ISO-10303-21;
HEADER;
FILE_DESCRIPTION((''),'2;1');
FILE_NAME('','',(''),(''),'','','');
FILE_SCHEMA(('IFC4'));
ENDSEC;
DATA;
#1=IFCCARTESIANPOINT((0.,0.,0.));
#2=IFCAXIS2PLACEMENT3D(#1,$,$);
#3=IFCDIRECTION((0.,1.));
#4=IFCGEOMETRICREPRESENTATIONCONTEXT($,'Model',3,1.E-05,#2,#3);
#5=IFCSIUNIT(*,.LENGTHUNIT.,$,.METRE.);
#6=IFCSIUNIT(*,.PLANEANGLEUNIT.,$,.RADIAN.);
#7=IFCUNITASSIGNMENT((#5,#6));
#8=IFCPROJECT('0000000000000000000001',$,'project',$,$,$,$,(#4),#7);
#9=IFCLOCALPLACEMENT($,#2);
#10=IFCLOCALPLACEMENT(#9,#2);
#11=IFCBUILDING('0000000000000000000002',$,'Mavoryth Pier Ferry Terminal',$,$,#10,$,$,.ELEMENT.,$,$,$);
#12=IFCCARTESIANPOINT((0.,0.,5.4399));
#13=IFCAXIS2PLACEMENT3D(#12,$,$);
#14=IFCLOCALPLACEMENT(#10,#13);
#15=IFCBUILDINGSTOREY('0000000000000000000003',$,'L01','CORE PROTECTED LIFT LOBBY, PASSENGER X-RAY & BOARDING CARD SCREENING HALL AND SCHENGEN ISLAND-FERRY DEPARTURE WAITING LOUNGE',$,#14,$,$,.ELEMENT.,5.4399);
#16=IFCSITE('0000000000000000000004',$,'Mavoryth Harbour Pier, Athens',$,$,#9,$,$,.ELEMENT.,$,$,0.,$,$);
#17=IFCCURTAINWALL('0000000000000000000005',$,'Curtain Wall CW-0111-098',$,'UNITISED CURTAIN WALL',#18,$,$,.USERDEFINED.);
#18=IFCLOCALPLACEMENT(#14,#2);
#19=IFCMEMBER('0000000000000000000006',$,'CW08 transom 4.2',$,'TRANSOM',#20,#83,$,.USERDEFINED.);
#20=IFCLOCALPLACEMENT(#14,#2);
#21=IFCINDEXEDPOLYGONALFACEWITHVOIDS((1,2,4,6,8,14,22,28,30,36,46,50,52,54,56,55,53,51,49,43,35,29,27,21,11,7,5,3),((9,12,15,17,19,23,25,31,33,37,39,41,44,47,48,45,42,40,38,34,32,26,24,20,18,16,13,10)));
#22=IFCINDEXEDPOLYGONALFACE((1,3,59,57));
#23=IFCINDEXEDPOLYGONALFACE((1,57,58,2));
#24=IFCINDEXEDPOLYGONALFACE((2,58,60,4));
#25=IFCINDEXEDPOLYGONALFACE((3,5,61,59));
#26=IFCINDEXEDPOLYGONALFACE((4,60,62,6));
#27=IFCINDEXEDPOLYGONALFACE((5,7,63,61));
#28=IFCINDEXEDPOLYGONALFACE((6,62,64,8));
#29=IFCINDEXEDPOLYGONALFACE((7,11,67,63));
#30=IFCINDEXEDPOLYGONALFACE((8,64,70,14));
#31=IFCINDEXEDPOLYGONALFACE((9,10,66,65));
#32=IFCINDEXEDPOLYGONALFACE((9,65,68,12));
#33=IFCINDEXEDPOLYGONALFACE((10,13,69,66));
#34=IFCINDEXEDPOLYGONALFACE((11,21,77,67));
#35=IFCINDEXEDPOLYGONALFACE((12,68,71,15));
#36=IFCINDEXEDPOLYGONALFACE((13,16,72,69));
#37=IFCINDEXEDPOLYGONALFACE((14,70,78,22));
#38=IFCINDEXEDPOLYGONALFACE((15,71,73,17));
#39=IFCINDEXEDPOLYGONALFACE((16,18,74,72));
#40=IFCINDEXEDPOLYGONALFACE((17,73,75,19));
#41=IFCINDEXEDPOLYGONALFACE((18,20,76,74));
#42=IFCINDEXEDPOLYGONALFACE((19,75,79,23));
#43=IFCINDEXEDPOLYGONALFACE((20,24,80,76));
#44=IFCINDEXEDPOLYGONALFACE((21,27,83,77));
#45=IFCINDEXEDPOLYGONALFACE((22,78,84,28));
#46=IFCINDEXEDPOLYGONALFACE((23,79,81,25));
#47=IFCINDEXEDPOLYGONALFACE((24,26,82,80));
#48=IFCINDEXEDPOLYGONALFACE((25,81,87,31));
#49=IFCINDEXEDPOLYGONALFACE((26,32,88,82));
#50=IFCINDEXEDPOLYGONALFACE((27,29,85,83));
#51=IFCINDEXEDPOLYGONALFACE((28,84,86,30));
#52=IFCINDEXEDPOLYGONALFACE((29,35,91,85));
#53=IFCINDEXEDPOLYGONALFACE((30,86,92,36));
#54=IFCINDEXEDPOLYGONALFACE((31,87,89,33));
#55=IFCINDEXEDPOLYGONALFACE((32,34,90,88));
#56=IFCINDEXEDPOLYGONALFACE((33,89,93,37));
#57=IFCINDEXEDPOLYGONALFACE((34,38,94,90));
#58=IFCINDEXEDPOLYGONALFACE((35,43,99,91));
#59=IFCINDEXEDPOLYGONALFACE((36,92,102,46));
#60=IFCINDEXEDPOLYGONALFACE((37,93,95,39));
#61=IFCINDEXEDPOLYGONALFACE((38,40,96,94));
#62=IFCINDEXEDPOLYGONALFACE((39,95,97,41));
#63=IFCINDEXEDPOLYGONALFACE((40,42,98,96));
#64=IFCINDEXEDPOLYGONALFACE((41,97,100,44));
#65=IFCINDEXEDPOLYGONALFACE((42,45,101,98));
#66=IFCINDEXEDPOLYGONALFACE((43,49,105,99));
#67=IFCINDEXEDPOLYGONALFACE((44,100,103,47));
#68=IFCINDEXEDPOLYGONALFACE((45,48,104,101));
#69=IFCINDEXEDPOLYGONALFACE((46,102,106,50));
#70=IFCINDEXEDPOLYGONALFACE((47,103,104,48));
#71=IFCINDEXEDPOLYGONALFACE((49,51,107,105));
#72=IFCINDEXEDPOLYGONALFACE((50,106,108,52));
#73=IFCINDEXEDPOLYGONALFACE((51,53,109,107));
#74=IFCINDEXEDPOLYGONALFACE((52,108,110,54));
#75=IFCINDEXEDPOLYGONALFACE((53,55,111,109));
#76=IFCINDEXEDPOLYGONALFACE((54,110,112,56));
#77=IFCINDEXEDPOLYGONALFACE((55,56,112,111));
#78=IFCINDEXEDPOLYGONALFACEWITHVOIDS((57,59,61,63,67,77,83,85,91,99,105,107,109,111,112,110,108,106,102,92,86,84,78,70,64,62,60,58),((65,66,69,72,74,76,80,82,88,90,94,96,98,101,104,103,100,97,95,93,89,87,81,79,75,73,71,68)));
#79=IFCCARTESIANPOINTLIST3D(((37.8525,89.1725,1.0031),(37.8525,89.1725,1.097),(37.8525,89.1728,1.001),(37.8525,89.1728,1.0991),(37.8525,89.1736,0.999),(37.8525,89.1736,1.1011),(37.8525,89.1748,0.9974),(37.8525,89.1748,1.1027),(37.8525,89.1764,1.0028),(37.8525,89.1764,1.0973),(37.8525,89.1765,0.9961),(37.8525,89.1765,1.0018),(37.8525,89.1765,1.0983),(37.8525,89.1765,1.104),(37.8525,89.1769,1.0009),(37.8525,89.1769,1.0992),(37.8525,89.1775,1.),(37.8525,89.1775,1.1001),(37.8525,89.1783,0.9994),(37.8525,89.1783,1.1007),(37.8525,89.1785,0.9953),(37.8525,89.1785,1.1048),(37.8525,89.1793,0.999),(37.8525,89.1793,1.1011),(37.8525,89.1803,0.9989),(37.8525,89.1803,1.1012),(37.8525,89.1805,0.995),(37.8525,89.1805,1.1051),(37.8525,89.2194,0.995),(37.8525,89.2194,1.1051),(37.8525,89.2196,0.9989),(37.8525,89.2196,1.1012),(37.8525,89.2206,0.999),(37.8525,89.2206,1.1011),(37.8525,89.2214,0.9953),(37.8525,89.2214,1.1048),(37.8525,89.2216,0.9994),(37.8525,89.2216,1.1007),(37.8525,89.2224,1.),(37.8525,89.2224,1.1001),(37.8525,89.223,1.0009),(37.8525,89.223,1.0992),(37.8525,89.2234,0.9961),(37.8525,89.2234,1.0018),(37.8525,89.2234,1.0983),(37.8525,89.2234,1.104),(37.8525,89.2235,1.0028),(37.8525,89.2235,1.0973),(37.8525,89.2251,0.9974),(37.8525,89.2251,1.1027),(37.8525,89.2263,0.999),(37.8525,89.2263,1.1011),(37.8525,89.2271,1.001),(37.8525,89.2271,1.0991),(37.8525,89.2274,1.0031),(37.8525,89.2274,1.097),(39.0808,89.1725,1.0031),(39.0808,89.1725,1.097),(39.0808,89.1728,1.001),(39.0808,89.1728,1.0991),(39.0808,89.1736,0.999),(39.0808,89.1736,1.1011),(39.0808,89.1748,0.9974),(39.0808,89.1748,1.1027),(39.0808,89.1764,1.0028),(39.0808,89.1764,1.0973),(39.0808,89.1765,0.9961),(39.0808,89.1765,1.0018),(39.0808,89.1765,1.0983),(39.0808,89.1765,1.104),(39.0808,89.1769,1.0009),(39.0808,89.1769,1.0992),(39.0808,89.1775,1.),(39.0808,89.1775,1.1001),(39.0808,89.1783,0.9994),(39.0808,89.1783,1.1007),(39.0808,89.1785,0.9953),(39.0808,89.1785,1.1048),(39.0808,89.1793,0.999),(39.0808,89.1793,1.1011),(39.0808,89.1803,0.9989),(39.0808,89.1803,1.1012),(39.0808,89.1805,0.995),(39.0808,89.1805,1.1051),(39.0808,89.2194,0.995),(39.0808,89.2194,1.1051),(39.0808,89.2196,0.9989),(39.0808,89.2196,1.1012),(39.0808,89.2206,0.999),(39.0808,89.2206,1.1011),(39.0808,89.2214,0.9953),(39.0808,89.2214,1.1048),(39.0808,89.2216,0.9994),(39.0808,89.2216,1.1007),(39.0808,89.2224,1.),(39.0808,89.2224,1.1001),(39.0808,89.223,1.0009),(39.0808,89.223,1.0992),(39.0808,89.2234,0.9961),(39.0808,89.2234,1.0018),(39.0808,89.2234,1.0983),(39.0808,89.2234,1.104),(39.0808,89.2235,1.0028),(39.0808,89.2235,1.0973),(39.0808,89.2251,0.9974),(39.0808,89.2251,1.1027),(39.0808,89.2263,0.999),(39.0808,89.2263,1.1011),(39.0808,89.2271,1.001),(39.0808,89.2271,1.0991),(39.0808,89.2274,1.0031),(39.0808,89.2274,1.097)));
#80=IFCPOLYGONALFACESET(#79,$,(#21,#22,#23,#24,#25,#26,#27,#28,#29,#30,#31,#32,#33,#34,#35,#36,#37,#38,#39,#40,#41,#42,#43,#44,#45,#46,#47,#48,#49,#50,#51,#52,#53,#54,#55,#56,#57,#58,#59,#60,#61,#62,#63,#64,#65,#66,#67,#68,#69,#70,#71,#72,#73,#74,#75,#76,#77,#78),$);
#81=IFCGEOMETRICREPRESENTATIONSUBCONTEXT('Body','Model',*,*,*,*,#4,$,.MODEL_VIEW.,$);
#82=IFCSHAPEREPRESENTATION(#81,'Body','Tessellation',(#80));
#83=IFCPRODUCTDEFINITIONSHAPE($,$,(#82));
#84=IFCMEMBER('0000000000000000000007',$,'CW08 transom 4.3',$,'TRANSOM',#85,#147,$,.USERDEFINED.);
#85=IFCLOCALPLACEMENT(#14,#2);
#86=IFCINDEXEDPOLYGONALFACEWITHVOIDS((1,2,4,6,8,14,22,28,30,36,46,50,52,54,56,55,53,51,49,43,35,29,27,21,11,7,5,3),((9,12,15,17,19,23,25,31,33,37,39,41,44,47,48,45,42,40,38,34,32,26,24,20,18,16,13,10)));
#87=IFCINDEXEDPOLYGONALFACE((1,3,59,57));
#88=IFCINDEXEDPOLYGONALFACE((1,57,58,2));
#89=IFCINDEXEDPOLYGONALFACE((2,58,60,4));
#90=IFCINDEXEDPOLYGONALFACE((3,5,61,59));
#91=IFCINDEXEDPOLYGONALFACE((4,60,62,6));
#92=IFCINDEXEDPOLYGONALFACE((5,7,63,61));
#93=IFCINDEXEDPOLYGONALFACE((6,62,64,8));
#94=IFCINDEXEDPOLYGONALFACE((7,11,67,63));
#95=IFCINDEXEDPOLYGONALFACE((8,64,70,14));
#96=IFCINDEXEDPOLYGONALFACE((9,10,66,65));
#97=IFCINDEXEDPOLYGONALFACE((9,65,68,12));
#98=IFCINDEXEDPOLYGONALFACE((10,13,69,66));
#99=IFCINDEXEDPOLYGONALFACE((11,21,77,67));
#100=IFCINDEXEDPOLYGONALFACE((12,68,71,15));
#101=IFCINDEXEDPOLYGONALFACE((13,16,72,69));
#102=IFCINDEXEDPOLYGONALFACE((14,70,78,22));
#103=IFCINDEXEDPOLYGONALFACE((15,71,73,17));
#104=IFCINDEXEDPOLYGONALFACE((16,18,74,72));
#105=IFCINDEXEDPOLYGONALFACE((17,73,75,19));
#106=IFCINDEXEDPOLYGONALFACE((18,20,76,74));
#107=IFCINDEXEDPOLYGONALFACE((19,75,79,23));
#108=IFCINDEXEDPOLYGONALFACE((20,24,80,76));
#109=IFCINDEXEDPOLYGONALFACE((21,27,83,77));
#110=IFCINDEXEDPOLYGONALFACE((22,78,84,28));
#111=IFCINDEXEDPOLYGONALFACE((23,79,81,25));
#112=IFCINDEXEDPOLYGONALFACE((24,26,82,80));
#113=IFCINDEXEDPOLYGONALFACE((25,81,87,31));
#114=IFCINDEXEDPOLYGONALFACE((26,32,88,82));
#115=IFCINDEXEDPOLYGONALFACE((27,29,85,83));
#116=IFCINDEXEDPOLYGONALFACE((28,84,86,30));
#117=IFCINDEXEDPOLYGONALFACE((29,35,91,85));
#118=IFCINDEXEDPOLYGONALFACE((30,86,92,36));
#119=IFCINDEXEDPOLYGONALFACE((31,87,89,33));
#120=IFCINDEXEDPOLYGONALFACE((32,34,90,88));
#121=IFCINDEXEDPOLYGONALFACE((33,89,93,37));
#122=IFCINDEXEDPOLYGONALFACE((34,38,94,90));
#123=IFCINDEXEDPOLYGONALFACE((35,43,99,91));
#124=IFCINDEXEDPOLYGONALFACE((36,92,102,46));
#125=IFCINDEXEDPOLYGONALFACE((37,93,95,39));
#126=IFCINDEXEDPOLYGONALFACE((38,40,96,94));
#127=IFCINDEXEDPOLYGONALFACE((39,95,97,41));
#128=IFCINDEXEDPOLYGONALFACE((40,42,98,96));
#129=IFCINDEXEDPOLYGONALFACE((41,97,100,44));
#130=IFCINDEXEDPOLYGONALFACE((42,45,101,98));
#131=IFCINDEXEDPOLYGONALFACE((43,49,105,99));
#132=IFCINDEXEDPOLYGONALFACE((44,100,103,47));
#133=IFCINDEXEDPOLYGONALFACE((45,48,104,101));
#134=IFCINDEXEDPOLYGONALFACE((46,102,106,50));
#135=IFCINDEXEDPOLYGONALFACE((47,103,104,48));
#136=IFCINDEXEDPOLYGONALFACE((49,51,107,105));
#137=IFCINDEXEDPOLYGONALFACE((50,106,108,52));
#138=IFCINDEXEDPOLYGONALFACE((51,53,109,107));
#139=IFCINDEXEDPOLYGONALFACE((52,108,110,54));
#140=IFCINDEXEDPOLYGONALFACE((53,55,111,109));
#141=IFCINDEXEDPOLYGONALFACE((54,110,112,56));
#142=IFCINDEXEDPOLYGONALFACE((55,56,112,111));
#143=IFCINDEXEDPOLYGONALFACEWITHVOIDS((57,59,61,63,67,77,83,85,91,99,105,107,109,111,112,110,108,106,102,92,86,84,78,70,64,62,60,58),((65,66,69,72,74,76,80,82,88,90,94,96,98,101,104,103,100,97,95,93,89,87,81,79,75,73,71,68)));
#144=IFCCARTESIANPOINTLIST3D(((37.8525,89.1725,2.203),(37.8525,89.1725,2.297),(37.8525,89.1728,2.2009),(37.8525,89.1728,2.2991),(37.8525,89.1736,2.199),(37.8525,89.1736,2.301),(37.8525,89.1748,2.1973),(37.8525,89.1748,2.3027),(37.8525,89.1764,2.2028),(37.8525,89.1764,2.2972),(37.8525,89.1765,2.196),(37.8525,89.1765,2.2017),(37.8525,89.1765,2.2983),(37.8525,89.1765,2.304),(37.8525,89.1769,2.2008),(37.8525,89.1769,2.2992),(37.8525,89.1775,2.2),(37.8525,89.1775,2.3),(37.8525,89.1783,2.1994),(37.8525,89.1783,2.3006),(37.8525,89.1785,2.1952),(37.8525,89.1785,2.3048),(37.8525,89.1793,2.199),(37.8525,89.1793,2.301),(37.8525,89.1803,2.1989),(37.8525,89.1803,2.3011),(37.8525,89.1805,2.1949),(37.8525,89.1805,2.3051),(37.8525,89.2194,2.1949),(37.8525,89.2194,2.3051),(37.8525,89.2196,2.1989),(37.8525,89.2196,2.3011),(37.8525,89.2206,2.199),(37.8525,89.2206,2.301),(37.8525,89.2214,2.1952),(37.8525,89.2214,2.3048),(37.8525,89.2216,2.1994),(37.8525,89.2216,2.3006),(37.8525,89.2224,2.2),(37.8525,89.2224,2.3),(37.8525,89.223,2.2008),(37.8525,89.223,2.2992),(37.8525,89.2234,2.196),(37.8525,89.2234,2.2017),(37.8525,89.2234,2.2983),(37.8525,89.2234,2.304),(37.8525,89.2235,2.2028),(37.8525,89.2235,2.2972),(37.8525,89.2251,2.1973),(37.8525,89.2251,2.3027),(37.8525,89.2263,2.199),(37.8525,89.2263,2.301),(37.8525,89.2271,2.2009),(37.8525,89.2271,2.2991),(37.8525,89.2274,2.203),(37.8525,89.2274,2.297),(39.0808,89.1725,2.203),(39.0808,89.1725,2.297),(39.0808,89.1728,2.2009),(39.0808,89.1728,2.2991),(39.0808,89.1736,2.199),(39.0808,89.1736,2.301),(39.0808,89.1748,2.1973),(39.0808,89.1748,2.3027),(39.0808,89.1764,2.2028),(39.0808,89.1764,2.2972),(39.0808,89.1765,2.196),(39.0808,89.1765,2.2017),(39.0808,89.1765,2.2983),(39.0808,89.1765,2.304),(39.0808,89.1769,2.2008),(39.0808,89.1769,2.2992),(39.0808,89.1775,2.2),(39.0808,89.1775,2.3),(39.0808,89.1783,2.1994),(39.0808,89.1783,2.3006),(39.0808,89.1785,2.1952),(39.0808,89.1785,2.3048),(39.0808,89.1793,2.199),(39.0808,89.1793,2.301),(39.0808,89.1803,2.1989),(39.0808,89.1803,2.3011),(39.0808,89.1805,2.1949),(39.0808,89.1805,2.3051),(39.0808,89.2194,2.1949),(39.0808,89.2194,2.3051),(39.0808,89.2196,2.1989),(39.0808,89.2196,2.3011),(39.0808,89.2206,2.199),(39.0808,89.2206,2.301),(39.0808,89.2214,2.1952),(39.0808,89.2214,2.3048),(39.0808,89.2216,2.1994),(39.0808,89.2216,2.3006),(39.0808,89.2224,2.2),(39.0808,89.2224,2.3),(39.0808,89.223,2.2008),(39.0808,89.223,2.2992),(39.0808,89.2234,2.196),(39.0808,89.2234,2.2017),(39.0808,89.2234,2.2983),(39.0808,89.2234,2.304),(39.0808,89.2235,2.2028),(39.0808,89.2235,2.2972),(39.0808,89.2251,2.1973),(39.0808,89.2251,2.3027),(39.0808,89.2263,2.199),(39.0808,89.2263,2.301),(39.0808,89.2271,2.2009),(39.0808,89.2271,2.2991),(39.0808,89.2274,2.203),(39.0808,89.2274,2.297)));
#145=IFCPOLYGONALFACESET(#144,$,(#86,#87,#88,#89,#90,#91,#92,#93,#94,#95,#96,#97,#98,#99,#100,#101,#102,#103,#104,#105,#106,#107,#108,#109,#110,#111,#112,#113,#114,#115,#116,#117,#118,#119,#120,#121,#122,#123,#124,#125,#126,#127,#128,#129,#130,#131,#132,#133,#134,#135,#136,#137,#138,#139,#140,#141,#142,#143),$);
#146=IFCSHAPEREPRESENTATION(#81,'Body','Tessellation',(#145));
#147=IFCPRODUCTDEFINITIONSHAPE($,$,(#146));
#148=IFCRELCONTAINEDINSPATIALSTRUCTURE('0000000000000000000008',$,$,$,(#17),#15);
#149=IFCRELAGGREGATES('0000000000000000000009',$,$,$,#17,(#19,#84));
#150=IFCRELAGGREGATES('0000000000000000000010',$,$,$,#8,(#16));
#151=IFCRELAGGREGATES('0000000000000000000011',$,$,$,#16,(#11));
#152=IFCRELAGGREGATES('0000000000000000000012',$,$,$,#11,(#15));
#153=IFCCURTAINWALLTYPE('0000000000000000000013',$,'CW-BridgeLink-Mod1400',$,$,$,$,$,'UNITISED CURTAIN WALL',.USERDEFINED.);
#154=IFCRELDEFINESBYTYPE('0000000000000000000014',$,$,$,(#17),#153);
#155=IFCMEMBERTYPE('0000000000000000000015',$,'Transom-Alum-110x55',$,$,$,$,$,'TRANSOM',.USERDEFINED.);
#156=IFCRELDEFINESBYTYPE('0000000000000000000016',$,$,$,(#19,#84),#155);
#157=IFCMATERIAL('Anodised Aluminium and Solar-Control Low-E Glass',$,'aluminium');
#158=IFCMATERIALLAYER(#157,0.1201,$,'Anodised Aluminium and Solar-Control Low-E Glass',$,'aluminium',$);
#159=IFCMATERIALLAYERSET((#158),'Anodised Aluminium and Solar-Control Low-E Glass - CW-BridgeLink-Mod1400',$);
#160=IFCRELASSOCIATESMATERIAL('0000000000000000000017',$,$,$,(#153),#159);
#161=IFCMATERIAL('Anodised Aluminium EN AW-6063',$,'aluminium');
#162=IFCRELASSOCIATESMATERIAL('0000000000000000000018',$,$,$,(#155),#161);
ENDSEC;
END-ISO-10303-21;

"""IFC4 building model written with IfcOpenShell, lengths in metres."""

from ifc_helpers import new_model, si_unit, direction, frame, origin, origin_2d, place, context, subcontext, project, spatial, hollow_rectangle, extrude, material, layer, layer_set, material_profile, profile_set, type_object, element, aggregate, save


model = new_model("IFC4")

# Units and contexts
model_context = context("Model", 3, precision=1e-05, world=origin(), true_north=direction((0.0, 1.0)))
body_context = subcontext(model_context, "Body", "Model", "MODEL_VIEW")
ifc_project = project(units=[si_unit("LENGTHUNIT", "METRE"), si_unit("PLANEANGLEUNIT", "RADIAN")], contexts=[model_context])

# Site, building, storey
site_placement = place(None, origin())
site = spatial("IfcSite", under=ifc_project, at=site_placement, Name="Mavoryth Harbour Pier, Athens", CompositionType="ELEMENT", RefElevation=0.0)
building_placement = place(site_placement, origin())
building = spatial("IfcBuilding", under=site, at=building_placement, Name="Mavoryth Pier Ferry Terminal", CompositionType="ELEMENT")
storey_placement = place(building_placement, frame((0.0, 0.0, 5.4399)))
storey = spatial("IfcBuildingStorey", under=building, at=storey_placement, Name="L01", Description="CORE PROTECTED LIFT LOBBY, PASSENGER X-RAY & BOARDING CARD SCREENING HALL AND SCHENGEN ISLAND-FERRY DEPARTURE WAITING LOUNGE", CompositionType="ELEMENT", Elevation=5.4399)

# Curtain wall, members
ifc_material_1 = material(Name="Anodised Aluminium and Solar-Control Low-E Glass", Category="aluminium")
ifc_layer_1 = layer(ifc_material_1, 0.1201, Name="Anodised Aluminium and Solar-Control Low-E Glass", Category="aluminium")
ifc_layer_set_1 = layer_set([ifc_layer_1], Name="Anodised Aluminium and Solar-Control Low-E Glass - CW-BridgeLink-Mod1400")
curtain_wall_type = type_object("IfcCurtainWallType", Name="CW-BridgeLink-Mod1400", ElementType="UNITISED CURTAIN WALL", PredefinedType="USERDEFINED", material=ifc_layer_set_1)
curtain_wall_placement = place(storey_placement, origin())
curtain_wall = element("IfcCurtainWall", 1, at=curtain_wall_placement, inside=storey, type_object=curtain_wall_type, Name="Curtain Wall CW-0111-098", ObjectType="UNITISED CURTAIN WALL", PredefinedType="USERDEFINED")
ifc_material_2 = material(Name="Anodised Aluminium EN AW-6063", Category="aluminium")
ifc_material_profile_1 = material_profile(ifc_material_2, hollow_rectangle(XDim=0.0549, YDim=0.1101, WallThickness=0.0039, InnerFilletRadius=0.0039, OuterFilletRadius=0.0081, at=origin_2d()), Name="AL-TRAN 110x55x4", Category="aluminium")
ifc_profile_set_1 = profile_set([ifc_material_profile_1], Name="Anodised Aluminium EN AW-6063 - AL-TRAN 110x55x4")
member_type_1 = type_object("IfcMemberType", Name="Transom-Alum-110x55", ElementType="TRANSOM", PredefinedType="USERDEFINED", material=ifc_profile_set_1)
member_1_placement = place(storey_placement, frame((37.8525, 89.2, 1.05), z_axis=(1.0, 0.0, 0.0), x_axis=(0.0, 1.0, 0.0)))
member_1 = element("IfcMember", 2, at=member_1_placement, type_object=member_type_1, Name="CW08 transom 4.2", ObjectType="TRANSOM", PredefinedType="USERDEFINED", context=body_context, shape_type="SweptSolid", body=[
    extrude(hollow_rectangle(XDim=0.0549, YDim=0.1101, WallThickness=0.0039, InnerFilletRadius=0.0039, OuterFilletRadius=0.0081, at=origin_2d()), origin(), (0.0, 0.0, 1.0), 1.2283),
])
member_2_placement = place(storey_placement, frame((37.8525, 89.2, 2.25), z_axis=(1.0, 0.0, 0.0), x_axis=(0.0, 1.0, 0.0)))
member_2 = element("IfcMember", 3, at=member_2_placement, type_object=member_type_1, Name="CW08 transom 4.3", ObjectType="TRANSOM", PredefinedType="USERDEFINED", context=body_context, shape_type="SweptSolid", body=[
    extrude(hollow_rectangle(XDim=0.0549, YDim=0.1101, WallThickness=0.0039, InnerFilletRadius=0.0039, OuterFilletRadius=0.0081, at=origin_2d()), origin(), (0.0, 0.0, 1.0), 1.2283),
])
aggregate(curtain_wall, [member_1, member_2])

save(model, "model.ifc")
